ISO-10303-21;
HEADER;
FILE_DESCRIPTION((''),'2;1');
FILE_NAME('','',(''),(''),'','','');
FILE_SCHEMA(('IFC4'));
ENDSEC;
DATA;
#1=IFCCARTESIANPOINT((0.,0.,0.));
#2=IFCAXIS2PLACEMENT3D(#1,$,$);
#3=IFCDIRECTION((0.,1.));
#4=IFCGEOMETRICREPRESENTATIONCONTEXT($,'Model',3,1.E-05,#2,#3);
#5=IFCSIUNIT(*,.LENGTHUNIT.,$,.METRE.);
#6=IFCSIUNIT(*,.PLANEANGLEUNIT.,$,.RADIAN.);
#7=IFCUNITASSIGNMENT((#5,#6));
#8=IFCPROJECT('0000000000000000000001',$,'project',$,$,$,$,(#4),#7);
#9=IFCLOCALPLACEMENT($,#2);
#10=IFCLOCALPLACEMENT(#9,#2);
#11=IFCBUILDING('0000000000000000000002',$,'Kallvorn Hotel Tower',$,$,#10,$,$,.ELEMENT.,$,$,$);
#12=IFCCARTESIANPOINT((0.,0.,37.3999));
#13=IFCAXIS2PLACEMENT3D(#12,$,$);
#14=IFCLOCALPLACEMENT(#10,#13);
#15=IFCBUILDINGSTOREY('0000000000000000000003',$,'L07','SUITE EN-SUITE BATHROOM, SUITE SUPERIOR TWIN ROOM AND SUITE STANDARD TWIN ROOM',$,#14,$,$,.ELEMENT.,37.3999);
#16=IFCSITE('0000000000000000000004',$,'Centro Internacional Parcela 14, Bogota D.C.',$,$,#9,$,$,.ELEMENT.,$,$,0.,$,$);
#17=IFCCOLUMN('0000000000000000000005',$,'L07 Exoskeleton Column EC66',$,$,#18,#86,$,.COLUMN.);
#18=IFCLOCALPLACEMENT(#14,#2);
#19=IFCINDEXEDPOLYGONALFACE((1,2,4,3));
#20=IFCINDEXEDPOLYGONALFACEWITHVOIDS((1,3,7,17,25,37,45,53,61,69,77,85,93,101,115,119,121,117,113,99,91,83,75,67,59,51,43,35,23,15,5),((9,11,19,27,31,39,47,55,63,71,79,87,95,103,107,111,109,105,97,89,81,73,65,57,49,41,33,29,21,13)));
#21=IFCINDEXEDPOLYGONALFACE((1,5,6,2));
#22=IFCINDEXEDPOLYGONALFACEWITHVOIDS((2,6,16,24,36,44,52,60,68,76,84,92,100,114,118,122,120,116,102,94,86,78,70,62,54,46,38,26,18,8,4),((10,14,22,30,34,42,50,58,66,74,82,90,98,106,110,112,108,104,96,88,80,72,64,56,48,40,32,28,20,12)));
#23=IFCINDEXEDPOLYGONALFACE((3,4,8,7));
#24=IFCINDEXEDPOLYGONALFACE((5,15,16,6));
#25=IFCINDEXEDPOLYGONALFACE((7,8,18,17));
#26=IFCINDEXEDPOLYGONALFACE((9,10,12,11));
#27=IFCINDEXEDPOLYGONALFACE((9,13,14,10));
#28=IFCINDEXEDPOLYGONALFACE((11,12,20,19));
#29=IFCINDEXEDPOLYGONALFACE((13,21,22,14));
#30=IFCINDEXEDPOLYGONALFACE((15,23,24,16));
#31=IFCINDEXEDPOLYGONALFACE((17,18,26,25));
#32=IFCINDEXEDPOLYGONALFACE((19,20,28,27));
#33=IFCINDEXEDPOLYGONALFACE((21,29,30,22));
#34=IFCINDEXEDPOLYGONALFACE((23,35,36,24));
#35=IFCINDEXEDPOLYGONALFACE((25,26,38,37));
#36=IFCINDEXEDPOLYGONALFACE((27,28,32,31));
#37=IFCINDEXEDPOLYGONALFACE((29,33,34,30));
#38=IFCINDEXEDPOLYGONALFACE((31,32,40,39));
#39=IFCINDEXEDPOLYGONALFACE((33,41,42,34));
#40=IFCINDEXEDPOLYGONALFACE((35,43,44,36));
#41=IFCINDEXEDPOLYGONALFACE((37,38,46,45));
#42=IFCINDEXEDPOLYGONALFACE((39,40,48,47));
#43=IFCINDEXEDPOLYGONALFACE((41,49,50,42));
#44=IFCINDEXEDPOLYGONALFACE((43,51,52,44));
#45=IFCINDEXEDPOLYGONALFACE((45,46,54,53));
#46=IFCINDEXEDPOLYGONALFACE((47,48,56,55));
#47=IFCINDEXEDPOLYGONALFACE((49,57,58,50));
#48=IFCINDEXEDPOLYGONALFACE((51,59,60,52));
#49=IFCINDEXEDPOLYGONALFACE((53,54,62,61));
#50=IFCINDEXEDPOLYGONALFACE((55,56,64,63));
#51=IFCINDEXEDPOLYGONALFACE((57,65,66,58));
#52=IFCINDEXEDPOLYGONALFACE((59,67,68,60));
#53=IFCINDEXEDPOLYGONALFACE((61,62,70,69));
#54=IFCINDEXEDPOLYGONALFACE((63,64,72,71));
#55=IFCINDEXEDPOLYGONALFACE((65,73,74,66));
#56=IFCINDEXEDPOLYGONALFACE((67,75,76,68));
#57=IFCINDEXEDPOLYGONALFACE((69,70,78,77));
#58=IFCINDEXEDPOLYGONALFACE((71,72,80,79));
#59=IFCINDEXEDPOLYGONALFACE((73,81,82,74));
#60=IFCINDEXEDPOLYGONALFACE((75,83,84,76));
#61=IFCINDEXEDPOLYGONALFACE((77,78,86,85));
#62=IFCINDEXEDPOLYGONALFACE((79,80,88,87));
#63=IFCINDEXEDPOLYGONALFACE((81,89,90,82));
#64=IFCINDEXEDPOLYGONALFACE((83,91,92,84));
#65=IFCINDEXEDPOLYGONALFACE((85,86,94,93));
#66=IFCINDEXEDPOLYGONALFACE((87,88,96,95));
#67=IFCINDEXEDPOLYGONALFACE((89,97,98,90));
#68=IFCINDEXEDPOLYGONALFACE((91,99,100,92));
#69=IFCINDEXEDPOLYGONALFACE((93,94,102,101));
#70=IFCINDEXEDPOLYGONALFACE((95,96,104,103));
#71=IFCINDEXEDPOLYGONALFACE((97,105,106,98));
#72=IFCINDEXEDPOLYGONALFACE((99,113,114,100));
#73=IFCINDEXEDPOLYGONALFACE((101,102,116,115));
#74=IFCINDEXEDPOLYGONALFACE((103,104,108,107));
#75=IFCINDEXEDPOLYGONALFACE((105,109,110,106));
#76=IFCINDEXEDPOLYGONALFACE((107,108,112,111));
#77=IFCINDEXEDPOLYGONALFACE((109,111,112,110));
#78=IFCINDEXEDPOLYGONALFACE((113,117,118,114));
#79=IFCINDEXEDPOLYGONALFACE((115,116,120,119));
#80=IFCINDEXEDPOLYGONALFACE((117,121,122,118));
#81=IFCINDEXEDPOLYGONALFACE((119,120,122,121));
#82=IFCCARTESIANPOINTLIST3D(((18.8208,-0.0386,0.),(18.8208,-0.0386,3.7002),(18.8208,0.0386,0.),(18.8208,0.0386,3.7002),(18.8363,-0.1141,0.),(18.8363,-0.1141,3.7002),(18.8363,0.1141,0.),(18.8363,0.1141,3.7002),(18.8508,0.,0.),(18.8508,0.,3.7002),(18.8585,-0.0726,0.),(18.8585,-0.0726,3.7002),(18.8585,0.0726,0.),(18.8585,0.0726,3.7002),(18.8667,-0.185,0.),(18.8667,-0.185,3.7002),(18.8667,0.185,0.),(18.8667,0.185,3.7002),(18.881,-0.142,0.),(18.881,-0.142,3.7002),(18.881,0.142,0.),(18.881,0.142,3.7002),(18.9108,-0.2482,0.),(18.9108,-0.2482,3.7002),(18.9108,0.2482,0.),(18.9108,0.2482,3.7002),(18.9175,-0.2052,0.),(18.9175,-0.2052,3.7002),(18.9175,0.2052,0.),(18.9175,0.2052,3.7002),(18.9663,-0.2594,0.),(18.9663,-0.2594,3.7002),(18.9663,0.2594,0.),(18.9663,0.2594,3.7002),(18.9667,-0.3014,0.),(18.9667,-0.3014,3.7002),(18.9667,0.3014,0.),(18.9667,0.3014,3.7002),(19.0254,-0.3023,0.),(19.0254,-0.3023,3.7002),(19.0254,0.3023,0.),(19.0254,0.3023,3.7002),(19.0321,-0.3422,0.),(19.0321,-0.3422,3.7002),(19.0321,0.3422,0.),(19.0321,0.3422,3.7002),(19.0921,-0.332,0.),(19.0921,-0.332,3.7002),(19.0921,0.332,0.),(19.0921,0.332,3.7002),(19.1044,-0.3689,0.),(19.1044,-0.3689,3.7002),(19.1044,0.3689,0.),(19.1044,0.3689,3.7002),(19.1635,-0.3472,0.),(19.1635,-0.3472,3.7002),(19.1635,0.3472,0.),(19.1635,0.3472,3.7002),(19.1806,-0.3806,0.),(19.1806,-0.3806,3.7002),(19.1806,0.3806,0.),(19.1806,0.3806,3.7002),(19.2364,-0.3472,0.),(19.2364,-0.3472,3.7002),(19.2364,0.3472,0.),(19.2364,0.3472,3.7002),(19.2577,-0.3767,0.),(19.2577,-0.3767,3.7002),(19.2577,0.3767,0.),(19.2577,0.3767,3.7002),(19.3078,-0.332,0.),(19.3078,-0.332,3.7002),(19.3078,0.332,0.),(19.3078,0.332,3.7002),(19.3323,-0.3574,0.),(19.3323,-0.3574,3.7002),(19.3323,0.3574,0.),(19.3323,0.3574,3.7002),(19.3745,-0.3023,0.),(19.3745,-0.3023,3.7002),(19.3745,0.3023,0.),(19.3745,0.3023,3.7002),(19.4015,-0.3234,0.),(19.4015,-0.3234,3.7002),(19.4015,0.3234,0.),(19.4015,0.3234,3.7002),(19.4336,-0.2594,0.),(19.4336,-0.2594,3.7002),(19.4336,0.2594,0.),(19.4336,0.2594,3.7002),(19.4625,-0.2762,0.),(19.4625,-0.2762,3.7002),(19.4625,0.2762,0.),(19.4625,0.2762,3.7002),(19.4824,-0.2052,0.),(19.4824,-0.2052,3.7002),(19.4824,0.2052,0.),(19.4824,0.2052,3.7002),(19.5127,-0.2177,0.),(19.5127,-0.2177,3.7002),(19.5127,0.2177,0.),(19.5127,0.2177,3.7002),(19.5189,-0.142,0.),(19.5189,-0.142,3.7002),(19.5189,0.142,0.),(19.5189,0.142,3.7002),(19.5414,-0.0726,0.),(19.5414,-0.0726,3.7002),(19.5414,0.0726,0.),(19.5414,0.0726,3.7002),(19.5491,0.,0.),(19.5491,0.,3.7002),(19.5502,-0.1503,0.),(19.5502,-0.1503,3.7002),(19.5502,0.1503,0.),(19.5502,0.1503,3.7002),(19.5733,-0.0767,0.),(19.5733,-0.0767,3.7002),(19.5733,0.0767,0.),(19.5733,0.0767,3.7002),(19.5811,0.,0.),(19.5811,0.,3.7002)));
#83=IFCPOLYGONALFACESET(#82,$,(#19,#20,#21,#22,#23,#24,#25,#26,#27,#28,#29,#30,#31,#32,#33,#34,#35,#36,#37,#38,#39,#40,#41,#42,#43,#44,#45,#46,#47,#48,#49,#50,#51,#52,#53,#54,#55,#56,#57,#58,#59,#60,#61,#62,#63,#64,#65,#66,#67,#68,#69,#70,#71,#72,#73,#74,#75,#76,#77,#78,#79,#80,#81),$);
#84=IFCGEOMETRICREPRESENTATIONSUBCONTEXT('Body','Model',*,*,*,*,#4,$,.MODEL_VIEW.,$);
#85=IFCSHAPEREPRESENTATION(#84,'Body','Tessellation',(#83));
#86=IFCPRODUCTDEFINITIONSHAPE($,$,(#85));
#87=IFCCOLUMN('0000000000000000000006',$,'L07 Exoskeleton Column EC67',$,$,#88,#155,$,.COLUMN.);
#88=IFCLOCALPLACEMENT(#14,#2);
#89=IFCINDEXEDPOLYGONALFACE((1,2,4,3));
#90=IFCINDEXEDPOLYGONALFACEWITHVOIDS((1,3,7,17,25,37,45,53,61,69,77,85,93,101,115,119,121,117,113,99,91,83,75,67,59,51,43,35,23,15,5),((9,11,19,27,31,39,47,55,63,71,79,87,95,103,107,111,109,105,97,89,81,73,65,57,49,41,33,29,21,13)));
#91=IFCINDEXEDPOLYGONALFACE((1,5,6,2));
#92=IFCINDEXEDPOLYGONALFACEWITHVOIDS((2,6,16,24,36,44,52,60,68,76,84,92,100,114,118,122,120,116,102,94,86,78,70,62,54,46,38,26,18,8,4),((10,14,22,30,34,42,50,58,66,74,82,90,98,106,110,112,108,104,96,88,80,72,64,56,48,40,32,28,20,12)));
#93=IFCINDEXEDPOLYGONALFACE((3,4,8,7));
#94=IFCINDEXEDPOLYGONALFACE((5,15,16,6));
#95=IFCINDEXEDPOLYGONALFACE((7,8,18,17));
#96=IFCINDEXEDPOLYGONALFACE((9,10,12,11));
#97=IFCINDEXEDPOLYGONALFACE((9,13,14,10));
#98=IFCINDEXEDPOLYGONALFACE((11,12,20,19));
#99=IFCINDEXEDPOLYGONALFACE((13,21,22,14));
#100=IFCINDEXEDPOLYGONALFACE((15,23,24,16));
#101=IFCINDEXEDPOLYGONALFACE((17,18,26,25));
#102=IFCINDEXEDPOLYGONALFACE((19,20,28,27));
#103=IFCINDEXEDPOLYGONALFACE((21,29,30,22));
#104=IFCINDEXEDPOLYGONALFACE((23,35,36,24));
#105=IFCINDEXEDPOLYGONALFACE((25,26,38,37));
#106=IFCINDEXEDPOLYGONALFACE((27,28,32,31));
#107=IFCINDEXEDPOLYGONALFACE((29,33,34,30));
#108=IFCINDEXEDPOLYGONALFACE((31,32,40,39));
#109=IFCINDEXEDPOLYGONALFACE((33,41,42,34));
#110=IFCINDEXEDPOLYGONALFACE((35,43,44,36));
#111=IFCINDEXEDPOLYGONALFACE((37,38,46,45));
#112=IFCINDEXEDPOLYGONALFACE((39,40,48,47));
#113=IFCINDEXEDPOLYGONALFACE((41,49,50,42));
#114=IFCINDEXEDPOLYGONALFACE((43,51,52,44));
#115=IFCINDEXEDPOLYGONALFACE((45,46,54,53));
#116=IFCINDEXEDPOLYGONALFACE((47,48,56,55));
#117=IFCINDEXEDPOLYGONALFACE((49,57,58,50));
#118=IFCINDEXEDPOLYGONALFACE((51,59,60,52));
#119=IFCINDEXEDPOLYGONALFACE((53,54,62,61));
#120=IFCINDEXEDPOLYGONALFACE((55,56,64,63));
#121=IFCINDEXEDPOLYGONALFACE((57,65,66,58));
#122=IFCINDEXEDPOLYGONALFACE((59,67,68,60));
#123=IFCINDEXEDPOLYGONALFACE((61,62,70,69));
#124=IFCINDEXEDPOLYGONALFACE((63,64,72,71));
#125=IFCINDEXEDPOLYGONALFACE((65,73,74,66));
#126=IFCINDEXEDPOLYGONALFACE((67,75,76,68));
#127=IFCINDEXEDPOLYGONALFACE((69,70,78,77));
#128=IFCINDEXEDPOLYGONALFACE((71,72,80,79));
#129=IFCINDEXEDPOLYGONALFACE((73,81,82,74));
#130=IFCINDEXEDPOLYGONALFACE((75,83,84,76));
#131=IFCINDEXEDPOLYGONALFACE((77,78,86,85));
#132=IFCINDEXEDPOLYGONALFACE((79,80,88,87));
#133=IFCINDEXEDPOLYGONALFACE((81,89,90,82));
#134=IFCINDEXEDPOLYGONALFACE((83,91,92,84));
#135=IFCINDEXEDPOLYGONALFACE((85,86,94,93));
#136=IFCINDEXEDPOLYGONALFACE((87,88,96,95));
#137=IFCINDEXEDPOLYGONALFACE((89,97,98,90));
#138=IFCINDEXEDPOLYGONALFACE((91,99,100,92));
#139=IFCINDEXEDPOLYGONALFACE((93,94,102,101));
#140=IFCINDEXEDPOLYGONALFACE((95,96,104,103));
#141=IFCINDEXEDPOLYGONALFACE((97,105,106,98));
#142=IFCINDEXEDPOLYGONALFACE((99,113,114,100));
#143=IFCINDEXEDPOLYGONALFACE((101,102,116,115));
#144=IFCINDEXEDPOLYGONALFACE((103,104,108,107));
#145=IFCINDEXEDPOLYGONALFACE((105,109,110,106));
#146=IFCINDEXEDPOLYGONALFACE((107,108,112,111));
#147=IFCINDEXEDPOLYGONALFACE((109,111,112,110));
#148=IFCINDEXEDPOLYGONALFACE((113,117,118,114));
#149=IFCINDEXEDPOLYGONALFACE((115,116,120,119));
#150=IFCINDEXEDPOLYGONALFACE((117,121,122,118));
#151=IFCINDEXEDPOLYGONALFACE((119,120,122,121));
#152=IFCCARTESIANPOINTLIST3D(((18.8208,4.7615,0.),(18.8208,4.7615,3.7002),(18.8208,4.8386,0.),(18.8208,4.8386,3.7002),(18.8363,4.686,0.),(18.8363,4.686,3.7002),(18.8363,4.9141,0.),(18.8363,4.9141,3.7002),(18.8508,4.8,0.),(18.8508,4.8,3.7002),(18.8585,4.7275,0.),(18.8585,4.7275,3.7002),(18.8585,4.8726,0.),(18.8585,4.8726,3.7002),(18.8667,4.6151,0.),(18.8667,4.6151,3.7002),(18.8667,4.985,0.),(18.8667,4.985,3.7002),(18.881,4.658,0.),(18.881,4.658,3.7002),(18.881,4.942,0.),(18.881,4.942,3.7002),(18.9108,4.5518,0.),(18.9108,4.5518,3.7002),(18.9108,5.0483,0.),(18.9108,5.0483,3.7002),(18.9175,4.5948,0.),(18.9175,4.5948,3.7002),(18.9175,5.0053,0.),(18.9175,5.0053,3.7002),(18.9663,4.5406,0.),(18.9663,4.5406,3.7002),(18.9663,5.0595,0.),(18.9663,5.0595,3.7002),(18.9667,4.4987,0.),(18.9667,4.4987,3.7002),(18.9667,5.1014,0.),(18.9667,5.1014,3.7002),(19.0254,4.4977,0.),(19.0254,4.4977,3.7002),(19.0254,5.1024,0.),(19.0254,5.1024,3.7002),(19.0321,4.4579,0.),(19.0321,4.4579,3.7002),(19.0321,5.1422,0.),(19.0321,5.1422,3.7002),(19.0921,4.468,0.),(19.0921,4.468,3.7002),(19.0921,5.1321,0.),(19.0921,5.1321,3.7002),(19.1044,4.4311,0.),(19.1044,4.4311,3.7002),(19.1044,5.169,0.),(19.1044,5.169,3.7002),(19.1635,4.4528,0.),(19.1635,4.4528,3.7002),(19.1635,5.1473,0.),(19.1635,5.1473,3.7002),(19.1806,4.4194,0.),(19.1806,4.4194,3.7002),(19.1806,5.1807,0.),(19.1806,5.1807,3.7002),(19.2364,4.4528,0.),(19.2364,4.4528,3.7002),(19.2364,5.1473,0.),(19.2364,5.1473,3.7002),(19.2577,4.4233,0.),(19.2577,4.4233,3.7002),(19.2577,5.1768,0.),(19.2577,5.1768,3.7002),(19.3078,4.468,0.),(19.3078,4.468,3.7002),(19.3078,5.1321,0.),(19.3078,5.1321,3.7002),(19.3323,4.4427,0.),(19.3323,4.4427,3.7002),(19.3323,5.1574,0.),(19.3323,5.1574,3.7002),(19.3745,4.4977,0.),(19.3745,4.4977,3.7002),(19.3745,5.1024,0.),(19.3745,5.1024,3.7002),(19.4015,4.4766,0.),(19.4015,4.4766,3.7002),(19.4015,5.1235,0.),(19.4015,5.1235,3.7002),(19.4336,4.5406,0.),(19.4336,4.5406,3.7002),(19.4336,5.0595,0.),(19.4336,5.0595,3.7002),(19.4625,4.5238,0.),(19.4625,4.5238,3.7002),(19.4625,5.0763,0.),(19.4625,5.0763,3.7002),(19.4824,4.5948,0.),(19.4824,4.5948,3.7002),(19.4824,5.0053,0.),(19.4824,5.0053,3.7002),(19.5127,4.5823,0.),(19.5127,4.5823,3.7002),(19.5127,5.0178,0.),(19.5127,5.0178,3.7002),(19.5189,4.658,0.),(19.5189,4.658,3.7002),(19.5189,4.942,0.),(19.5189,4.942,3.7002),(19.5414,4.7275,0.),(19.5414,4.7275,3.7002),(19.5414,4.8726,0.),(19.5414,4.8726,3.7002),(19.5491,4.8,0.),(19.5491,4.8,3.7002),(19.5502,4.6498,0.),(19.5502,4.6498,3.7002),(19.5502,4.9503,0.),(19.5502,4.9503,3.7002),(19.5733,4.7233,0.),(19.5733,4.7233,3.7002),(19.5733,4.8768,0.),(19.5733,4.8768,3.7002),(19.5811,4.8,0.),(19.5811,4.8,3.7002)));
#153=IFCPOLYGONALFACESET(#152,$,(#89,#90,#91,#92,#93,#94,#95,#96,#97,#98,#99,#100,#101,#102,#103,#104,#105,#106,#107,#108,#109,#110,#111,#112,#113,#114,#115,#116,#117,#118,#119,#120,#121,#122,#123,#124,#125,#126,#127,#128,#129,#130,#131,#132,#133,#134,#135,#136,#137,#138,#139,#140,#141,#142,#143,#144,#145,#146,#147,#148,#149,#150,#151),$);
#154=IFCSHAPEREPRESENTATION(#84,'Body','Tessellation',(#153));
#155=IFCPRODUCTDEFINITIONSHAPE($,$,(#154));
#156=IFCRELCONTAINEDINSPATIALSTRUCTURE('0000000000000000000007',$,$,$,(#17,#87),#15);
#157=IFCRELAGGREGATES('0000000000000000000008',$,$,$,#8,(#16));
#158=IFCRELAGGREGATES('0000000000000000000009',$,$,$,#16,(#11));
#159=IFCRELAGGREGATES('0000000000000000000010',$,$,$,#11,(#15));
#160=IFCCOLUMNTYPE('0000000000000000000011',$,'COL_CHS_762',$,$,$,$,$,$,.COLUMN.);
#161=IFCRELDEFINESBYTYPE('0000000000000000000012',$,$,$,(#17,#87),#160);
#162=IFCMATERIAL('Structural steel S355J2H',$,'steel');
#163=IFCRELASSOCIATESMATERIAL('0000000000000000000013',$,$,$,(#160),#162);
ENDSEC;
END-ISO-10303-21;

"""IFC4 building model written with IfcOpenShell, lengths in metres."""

from ifc_helpers import new_model, si_unit, direction, frame, origin, origin_2d, place, context, subcontext, project, spatial, hollow_circle, extrude, material, material_profile, profile_set, type_object, element, save


model = new_model("IFC4")

# Units and contexts
model_context = context("Model", 3, precision=1e-05, world=origin(), true_north=direction((0.0, 1.0)))
body_context = subcontext(model_context, "Body", "Model", "MODEL_VIEW")
ifc_project = project(units=[si_unit("LENGTHUNIT", "METRE"), si_unit("PLANEANGLEUNIT", "RADIAN")], contexts=[model_context])

# Site, building, storey
site_placement = place(None, origin())
site = spatial("IfcSite", under=ifc_project, at=site_placement, Name="Centro Internacional Parcela 14, Bogota D.C.", CompositionType="ELEMENT", RefElevation=0.0)
building_placement = place(site_placement, origin())
building = spatial("IfcBuilding", under=site, at=building_placement, Name="Kallvorn Hotel Tower", CompositionType="ELEMENT")
storey_placement = place(building_placement, frame((0.0, 0.0, 37.3999)))
storey = spatial("IfcBuildingStorey", under=building, at=storey_placement, Name="L07", Description="SUITE EN-SUITE BATHROOM, SUITE SUPERIOR TWIN ROOM AND SUITE STANDARD TWIN ROOM", CompositionType="ELEMENT", Elevation=37.3999)

# Columns
ifc_material_1 = material(Name="Structural steel S355J2H", Category="steel")
ifc_material_profile_1 = material_profile(ifc_material_1, hollow_circle(Radius=0.3811, WallThickness=0.032, at=origin_2d()), Name="CHS 762x32")
ifc_profile_set_1 = profile_set([ifc_material_profile_1], Name="Structural steel S355J2H")
column_type_1 = type_object("IfcColumnType", Name="COL_CHS_762", PredefinedType="COLUMN", material=ifc_profile_set_1)
for number, where, z_axis, x_axis, name in (
    (1, (19.2, 0.0, 0.0), (0.0, 0.0, 1.0), (1.0, 0.0, 0.0), "L07 Exoskeleton Column EC66"),
    (2, (19.2, 4.8, 0.0), (0.0, 0.0, 1.0), (1.0, 0.0, 0.0), "L07 Exoskeleton Column EC67"),
):
    element("IfcColumn", number, at=place(storey_placement, frame(where, z_axis=z_axis, x_axis=x_axis)), inside=storey, type_object=column_type_1, Name=name, PredefinedType="COLUMN", context=body_context, shape_type="SweptSolid", body=[
        extrude(hollow_circle(Radius=0.3811, WallThickness=0.032, at=origin_2d()), origin(), (0.0, 0.0, 1.0), 3.7002),
    ])

save(model, "model.ifc")
